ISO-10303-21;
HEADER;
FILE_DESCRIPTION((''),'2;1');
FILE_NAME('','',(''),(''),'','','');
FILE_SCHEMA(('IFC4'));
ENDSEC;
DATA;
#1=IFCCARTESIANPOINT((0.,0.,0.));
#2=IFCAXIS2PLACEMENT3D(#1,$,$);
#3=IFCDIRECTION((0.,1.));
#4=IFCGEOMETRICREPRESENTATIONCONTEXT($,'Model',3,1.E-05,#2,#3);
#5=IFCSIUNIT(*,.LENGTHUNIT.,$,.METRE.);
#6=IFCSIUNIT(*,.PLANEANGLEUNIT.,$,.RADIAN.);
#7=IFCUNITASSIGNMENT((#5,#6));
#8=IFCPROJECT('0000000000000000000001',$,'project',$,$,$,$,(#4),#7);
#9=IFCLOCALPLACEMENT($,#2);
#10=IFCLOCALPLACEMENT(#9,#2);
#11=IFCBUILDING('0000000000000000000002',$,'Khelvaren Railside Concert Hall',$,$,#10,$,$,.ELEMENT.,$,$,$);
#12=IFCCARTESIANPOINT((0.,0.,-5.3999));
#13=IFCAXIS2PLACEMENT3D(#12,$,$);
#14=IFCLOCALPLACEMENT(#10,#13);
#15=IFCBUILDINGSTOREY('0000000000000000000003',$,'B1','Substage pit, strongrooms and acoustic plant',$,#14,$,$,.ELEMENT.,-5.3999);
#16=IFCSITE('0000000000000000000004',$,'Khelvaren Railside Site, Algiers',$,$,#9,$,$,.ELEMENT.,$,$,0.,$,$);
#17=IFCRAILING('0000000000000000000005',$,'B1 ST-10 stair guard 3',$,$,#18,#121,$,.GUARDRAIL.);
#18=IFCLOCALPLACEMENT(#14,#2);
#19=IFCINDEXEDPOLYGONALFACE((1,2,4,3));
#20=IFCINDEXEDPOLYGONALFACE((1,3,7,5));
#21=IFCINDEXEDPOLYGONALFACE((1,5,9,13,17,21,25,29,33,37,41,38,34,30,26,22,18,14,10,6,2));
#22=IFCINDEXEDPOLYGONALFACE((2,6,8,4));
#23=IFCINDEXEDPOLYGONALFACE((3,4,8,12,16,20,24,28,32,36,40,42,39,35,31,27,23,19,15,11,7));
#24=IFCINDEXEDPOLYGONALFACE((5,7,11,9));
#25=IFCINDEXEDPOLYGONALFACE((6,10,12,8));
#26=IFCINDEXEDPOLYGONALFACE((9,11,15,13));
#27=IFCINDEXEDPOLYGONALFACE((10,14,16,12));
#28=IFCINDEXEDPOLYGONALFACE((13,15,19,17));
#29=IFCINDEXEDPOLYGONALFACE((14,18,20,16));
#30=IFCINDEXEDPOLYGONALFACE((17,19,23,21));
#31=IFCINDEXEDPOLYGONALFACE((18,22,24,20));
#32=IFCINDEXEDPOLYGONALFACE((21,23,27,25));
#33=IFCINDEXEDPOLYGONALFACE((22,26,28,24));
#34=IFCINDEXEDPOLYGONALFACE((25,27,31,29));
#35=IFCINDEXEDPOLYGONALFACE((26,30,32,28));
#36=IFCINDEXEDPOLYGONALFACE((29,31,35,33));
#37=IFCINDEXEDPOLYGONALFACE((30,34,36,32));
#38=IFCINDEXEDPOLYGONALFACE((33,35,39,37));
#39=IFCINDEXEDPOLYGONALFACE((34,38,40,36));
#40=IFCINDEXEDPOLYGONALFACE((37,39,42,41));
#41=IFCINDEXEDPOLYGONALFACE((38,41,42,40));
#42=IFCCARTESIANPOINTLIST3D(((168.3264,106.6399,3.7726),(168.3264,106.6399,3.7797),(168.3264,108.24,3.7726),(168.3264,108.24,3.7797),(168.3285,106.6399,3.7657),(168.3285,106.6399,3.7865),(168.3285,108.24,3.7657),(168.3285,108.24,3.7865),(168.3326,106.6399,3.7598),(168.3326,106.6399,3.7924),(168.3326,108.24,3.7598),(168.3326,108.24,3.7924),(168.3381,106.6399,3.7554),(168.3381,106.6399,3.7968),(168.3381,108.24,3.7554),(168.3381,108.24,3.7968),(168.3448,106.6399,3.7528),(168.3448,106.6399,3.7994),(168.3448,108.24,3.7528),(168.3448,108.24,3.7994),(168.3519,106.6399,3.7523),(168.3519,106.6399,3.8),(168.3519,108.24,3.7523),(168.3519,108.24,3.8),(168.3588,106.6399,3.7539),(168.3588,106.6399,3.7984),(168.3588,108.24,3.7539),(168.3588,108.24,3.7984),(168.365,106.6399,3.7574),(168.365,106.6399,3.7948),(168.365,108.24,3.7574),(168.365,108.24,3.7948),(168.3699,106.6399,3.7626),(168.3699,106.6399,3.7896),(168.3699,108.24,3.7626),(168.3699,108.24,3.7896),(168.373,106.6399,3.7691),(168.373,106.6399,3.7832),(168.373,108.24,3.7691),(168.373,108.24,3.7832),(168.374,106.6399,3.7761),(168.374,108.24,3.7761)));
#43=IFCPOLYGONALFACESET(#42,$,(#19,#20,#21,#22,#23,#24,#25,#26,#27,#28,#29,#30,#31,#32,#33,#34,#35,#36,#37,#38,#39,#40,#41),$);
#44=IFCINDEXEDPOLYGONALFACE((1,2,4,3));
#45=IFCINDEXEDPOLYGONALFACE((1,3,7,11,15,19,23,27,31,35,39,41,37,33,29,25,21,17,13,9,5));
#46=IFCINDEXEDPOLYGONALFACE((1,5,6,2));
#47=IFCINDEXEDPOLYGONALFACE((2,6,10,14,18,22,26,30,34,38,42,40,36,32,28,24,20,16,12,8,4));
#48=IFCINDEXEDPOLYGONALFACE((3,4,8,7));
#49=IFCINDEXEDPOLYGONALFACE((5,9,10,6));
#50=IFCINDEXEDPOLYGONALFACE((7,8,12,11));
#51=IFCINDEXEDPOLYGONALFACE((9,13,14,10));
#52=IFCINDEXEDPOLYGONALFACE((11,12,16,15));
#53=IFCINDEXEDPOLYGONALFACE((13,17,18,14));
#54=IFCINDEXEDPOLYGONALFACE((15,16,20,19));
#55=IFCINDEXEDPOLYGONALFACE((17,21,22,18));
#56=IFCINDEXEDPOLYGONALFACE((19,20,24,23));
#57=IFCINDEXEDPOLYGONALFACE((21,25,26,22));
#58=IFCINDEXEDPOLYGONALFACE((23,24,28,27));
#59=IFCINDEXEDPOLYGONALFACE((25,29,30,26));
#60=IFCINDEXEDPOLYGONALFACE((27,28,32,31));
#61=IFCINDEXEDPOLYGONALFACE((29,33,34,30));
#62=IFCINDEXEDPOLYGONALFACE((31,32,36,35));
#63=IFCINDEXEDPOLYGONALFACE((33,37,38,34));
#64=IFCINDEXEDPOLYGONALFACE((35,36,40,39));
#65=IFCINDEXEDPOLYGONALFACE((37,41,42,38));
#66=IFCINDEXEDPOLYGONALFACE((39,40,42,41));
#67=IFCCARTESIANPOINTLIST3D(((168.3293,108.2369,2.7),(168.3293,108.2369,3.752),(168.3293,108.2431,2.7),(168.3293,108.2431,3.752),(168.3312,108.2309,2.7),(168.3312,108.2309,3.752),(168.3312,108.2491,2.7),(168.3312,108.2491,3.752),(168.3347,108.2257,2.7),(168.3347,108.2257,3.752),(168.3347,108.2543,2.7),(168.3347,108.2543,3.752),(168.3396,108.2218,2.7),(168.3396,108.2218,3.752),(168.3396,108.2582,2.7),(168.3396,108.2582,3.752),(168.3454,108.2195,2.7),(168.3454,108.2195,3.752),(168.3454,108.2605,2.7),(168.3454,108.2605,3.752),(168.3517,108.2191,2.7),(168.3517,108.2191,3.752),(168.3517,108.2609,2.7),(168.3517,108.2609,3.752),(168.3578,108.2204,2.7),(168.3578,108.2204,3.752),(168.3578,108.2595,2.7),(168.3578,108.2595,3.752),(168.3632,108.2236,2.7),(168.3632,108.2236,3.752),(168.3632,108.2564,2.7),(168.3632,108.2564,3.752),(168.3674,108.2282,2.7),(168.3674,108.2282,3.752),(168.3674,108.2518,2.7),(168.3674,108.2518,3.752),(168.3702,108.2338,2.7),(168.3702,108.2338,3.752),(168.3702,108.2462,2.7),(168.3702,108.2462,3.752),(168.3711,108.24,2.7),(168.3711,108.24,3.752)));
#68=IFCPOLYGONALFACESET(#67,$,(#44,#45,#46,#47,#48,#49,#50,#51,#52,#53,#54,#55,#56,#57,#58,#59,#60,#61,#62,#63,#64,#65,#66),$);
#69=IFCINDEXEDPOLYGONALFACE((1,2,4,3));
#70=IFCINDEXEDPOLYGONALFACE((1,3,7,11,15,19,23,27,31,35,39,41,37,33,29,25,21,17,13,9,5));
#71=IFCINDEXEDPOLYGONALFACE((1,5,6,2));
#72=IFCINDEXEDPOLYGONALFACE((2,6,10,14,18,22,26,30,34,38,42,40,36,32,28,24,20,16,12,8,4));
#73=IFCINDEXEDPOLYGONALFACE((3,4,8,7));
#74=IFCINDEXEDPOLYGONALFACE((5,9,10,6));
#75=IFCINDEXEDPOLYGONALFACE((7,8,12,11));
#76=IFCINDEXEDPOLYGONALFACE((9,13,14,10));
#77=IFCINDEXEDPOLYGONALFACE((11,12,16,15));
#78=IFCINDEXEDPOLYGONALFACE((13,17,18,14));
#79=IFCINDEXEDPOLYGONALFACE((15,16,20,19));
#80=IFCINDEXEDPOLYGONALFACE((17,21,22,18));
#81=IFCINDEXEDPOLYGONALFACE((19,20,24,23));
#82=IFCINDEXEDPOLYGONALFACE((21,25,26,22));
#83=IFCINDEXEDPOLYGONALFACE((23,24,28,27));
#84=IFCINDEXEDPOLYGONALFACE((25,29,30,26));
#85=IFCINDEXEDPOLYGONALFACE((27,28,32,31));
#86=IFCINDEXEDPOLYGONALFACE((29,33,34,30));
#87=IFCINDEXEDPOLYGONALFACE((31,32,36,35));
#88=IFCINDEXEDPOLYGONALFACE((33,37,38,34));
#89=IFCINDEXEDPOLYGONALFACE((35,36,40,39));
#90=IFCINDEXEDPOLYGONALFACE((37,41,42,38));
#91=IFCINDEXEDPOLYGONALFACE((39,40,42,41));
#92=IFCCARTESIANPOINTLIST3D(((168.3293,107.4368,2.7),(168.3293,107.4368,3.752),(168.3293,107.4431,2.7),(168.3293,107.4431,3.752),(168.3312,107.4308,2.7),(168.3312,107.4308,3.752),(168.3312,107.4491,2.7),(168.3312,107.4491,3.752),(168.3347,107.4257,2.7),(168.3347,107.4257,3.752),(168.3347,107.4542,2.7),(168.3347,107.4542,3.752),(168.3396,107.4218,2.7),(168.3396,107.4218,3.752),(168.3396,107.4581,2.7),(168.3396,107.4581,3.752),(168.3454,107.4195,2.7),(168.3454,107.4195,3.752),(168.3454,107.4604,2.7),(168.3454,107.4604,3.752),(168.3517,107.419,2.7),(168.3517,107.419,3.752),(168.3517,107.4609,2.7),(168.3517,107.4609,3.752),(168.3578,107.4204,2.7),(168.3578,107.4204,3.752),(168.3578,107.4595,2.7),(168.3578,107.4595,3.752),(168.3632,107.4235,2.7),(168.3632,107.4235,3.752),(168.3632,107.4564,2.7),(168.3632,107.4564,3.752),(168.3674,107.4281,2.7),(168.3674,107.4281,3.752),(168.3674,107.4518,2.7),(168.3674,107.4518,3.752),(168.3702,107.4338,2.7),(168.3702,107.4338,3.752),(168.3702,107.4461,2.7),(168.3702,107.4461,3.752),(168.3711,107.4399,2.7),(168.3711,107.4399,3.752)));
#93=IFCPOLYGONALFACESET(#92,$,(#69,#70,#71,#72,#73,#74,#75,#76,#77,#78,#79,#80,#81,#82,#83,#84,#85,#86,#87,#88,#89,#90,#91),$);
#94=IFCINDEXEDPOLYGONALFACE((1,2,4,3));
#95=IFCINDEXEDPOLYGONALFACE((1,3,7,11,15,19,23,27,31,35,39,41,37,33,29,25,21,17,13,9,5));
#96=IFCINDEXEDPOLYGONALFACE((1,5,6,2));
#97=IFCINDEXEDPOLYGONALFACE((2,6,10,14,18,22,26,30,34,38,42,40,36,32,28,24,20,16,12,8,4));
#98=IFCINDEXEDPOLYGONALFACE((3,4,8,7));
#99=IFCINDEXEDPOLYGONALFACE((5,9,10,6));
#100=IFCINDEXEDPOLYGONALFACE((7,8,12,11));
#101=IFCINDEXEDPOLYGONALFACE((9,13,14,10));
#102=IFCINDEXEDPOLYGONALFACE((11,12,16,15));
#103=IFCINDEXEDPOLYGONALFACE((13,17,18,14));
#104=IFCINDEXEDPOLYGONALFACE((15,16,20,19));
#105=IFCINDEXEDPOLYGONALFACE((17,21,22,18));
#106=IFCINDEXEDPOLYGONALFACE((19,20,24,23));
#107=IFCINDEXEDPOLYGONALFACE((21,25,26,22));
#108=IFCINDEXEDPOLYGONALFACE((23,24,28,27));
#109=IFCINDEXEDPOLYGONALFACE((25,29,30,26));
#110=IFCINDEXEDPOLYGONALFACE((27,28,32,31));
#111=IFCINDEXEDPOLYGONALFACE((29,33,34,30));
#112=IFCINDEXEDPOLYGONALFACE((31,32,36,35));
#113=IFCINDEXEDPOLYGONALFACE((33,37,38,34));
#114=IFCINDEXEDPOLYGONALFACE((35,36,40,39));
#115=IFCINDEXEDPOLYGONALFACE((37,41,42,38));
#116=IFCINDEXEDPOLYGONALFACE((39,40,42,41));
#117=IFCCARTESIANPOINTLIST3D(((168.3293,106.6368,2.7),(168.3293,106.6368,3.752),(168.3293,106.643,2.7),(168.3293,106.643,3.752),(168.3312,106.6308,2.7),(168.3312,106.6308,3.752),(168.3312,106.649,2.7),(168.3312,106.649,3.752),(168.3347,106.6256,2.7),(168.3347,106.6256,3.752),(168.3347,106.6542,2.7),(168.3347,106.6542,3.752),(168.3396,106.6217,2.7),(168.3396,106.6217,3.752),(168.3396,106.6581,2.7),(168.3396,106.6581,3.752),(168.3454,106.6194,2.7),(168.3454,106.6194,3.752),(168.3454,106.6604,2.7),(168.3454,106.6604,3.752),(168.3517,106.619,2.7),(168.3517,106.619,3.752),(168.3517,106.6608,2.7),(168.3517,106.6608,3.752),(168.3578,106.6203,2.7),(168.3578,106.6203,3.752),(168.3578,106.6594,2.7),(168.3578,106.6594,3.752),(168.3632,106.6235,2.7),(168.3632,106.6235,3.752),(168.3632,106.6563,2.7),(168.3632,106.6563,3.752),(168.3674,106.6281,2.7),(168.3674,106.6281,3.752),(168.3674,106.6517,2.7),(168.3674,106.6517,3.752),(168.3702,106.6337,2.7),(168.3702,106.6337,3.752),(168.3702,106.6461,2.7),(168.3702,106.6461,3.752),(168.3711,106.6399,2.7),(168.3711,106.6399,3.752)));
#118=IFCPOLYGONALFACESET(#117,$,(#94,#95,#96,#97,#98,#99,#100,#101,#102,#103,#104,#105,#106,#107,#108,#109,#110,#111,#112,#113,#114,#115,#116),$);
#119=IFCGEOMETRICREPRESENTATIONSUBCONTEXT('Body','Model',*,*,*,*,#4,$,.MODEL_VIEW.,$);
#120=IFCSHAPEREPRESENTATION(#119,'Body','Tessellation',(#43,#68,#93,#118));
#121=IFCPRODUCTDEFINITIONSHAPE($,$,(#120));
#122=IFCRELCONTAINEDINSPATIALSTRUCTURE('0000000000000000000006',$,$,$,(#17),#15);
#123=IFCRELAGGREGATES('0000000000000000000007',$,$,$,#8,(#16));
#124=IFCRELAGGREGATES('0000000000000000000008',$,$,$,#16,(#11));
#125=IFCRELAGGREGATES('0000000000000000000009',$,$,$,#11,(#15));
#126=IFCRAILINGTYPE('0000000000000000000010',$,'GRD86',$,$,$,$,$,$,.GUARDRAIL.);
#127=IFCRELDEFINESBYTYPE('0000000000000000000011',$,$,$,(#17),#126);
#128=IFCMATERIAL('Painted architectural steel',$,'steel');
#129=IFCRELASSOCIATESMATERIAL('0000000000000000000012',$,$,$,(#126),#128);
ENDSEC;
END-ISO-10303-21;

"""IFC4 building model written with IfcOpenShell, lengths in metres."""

from ifc_helpers import new_model, si_unit, direction, frame, origin, origin_2d, place, context, subcontext, project, spatial, circle, extrude, material, type_object, element, save


model = new_model("IFC4")

# Units and contexts
model_context = context("Model", 3, precision=1e-05, world=origin(), true_north=direction((0.0, 1.0)))
body_context = subcontext(model_context, "Body", "Model", "MODEL_VIEW")
ifc_project = project(units=[si_unit("LENGTHUNIT", "METRE"), si_unit("PLANEANGLEUNIT", "RADIAN")], contexts=[model_context])

# Site, building, storey
site_placement = place(None, origin())
site = spatial("IfcSite", under=ifc_project, at=site_placement, Name="Khelvaren Railside Site, Algiers", CompositionType="ELEMENT", RefElevation=0.0)
building_placement = place(site_placement, origin())
building = spatial("IfcBuilding", under=site, at=building_placement, Name="Khelvaren Railside Concert Hall", CompositionType="ELEMENT")
storey_placement = place(building_placement, frame((0.0, 0.0, -5.3999)))
storey = spatial("IfcBuildingStorey", under=building, at=storey_placement, Name="B1", Description="Substage pit, strongrooms and acoustic plant", CompositionType="ELEMENT", Elevation=-5.3999)

# Railing
ifc_material_1 = material(Name="Painted architectural steel", Category="steel")
railing_type_1 = type_object("IfcRailingType", Name="GRD86", PredefinedType="GUARDRAIL", material=ifc_material_1)
railing_1_placement = place(storey_placement, frame((168.3501, 108.24, 2.7)))
element("IfcRailing", 1, at=railing_1_placement, inside=storey, type_object=railing_type_1, Name="B1 ST-10 stair guard 3", PredefinedType="GUARDRAIL", context=body_context, shape_type="SweptSolid", body=[
    extrude(circle(Radius=0.0239, at=origin_2d()), frame((0.0, 0.0, 1.0762), z_axis=(0.0, -1.0, 0.0), x_axis=(1.0, 0.0, 0.0)), (0.0, 0.0, 1.0), 1.6001),
    extrude(circle(Radius=0.021, at=origin_2d()), origin(), (0.0, 0.0, 1.0), 1.052),
    extrude(circle(Radius=0.021, at=origin_2d()), frame((0.0, -0.8, 0.0)), (0.0, 0.0, 1.0), 1.052),
    extrude(circle(Radius=0.021, at=origin_2d()), frame((0.0, -1.6001, 0.0)), (0.0, 0.0, 1.0), 1.052),
])

save(model, "model.ifc")
